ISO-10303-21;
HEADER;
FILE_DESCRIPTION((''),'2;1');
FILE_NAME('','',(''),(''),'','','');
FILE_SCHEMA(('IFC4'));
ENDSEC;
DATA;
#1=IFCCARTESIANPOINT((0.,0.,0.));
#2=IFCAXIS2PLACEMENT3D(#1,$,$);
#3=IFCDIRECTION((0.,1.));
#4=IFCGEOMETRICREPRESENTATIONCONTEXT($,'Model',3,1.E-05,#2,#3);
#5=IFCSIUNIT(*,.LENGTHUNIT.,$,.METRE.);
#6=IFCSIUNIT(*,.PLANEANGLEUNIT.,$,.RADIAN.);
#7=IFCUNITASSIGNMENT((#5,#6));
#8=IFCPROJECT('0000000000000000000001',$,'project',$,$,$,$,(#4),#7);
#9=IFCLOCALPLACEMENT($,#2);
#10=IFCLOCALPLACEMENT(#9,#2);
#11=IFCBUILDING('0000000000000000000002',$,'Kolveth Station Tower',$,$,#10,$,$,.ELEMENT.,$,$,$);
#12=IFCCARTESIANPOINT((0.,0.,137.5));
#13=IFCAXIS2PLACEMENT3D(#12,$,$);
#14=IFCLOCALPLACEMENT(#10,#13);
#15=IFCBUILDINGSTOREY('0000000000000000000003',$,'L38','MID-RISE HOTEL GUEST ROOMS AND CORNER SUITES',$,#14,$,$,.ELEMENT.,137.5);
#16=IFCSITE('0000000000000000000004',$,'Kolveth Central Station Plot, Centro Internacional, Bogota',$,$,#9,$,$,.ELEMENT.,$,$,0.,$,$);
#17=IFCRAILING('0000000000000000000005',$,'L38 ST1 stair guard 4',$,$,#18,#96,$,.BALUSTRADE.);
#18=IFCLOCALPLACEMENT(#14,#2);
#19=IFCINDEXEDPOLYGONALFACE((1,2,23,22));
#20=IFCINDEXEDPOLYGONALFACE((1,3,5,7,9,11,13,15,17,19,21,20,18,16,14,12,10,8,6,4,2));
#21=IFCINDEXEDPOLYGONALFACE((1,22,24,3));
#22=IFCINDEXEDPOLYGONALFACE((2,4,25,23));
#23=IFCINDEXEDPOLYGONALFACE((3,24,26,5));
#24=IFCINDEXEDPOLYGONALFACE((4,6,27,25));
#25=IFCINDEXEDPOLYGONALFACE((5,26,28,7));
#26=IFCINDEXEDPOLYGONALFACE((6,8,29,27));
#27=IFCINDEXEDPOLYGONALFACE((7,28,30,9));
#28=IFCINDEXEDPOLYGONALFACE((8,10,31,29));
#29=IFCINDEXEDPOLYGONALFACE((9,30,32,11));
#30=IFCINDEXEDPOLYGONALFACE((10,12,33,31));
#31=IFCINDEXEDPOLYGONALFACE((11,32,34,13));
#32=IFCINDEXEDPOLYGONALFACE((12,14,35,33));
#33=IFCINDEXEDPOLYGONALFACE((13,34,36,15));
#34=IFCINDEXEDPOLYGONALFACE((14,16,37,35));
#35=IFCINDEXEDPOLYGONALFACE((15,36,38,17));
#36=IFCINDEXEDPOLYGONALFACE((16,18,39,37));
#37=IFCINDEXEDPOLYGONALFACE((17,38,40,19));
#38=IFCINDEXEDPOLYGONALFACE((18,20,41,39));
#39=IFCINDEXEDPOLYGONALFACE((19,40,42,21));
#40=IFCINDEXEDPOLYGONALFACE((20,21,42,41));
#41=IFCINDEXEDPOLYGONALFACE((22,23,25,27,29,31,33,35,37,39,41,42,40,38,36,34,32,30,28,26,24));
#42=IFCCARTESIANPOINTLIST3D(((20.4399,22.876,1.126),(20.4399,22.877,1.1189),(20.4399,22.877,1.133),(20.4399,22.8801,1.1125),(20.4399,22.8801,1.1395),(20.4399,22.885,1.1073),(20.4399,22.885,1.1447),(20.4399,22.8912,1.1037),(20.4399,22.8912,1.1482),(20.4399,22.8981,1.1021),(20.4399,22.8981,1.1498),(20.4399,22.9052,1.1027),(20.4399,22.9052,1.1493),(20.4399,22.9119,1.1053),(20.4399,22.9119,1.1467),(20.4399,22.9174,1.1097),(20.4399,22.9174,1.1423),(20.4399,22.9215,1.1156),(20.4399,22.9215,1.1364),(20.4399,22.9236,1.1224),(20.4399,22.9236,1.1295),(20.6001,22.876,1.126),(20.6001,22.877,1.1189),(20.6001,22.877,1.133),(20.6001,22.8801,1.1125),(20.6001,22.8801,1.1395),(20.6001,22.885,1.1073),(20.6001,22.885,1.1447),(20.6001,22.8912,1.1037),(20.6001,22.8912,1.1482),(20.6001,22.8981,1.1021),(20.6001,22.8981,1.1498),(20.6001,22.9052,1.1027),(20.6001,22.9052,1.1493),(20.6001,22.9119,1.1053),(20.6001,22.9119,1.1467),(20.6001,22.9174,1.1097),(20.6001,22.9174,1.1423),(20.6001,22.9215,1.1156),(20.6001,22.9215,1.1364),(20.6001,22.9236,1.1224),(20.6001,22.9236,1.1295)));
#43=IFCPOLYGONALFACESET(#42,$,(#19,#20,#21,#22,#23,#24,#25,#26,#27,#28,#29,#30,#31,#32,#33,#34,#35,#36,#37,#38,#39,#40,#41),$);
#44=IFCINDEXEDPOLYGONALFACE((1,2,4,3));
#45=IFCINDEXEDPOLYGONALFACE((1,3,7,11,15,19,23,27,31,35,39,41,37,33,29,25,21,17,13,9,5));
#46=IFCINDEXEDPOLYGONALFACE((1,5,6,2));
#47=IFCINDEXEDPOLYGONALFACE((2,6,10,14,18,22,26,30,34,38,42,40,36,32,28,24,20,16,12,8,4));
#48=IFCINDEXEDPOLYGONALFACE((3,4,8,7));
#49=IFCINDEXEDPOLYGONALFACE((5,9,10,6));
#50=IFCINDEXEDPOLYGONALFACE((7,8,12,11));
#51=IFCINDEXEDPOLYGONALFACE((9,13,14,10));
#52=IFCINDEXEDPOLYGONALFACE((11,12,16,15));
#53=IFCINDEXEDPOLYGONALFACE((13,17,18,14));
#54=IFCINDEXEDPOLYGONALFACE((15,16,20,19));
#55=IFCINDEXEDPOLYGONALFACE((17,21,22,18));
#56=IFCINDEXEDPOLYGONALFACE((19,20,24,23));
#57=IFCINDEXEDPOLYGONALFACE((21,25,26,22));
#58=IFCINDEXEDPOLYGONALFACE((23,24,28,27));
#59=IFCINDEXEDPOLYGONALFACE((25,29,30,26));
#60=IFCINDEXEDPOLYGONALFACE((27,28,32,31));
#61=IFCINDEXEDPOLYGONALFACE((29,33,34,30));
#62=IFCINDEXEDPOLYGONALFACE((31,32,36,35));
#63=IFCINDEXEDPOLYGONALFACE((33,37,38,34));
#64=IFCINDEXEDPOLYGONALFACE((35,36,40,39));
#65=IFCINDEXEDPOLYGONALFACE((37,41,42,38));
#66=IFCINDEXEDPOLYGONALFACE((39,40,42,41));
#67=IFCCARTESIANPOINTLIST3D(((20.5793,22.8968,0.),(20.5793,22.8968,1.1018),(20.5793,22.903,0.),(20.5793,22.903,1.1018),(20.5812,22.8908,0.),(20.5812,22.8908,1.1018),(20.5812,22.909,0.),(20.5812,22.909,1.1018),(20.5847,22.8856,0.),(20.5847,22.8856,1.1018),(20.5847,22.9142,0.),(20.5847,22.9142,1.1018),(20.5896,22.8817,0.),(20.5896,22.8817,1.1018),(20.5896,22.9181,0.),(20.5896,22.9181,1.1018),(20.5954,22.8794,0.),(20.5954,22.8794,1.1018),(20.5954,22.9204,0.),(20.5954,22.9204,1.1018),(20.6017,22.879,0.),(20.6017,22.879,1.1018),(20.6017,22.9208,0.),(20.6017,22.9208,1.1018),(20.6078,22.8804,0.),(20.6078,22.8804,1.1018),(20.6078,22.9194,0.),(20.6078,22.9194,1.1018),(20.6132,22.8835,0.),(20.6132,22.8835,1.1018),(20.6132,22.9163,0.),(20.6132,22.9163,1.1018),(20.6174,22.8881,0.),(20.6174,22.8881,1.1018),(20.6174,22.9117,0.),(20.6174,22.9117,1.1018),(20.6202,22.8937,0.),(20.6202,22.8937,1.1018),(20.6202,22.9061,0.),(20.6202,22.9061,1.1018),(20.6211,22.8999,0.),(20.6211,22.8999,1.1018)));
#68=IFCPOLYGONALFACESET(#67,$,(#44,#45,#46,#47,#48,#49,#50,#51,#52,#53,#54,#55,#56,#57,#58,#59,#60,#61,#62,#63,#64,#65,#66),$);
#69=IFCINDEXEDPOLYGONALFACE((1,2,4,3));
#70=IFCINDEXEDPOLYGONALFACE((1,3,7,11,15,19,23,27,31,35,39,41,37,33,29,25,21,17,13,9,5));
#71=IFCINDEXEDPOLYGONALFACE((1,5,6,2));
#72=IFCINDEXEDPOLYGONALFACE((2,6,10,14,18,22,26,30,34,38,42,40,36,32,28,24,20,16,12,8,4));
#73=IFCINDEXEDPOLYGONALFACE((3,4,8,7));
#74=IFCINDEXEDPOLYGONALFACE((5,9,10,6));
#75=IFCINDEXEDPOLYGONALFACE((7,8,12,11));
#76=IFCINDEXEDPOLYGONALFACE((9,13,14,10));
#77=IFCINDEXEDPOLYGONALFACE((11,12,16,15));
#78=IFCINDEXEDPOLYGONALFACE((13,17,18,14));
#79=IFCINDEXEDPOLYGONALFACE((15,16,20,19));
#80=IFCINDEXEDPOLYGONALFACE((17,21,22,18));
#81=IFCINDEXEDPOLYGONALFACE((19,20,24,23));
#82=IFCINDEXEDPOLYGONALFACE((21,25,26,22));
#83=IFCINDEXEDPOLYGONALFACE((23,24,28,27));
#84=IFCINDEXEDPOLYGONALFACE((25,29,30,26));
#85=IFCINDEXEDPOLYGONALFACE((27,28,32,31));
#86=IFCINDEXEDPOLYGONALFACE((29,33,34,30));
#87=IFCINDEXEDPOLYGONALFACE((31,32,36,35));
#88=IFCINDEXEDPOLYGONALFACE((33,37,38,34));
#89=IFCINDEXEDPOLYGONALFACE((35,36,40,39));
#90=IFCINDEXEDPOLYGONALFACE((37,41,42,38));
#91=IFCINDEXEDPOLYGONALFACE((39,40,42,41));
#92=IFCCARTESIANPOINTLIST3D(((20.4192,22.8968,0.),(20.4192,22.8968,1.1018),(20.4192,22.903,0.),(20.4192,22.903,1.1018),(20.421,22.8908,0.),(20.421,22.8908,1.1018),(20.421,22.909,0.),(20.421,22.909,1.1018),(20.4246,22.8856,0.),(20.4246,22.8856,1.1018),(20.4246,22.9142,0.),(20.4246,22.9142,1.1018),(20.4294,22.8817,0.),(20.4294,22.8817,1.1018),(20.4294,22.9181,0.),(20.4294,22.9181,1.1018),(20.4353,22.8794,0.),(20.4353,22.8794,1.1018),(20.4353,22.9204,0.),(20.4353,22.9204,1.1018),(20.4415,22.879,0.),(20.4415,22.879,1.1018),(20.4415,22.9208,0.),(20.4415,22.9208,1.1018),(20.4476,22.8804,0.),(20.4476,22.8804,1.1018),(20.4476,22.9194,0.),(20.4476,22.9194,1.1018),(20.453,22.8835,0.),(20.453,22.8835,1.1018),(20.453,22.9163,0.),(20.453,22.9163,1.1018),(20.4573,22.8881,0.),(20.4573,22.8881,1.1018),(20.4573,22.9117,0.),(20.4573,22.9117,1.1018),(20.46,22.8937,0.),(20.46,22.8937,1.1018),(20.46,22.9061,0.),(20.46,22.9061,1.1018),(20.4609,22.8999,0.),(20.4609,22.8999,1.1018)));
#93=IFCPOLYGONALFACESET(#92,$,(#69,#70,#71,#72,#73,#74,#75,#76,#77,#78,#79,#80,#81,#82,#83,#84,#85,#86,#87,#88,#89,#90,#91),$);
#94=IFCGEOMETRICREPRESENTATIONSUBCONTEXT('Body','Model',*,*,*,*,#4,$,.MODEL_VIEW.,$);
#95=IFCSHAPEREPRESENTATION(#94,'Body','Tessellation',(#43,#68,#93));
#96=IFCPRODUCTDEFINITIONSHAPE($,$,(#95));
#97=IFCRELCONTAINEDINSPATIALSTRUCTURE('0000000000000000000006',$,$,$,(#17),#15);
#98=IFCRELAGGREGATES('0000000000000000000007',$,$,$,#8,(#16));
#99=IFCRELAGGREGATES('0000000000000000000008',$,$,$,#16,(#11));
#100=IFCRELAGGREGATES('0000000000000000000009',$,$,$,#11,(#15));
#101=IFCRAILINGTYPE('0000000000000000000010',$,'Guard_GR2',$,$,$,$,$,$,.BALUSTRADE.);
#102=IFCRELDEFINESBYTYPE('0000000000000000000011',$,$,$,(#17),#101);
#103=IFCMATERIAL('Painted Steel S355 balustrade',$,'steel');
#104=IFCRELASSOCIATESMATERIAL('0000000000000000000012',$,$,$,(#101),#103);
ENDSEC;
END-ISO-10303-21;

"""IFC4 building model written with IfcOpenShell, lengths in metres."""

from ifc_helpers import new_model, si_unit, direction, frame, origin, origin_2d, place, context, subcontext, project, spatial, circle, extrude, material, type_object, element, save


model = new_model("IFC4")

# Units and contexts
model_context = context("Model", 3, precision=1e-05, world=origin(), true_north=direction((0.0, 1.0)))
body_context = subcontext(model_context, "Body", "Model", "MODEL_VIEW")
ifc_project = project(units=[si_unit("LENGTHUNIT", "METRE"), si_unit("PLANEANGLEUNIT", "RADIAN")], contexts=[model_context])

# Site, building, storey
site_placement = place(None, origin())
site = spatial("IfcSite", under=ifc_project, at=site_placement, Name="Kolveth Central Station Plot, Centro Internacional, Bogota", CompositionType="ELEMENT", RefElevation=0.0)
building_placement = place(site_placement, origin())
building = spatial("IfcBuilding", under=site, at=building_placement, Name="Kolveth Station Tower", CompositionType="ELEMENT")
storey_placement = place(building_placement, frame((0.0, 0.0, 137.5)))
storey = spatial("IfcBuildingStorey", under=building, at=storey_placement, Name="L38", Description="MID-RISE HOTEL GUEST ROOMS AND CORNER SUITES", CompositionType="ELEMENT", Elevation=137.5)

# Railing
ifc_material_1 = material(Name="Painted Steel S355 balustrade", Category="steel")
railing_type_1 = type_object("IfcRailingType", Name="Guard_GR2", PredefinedType="BALUSTRADE", material=ifc_material_1)
railing_1_placement = place(storey_placement, frame((20.6001, 22.8999, 0.0)))
element("IfcRailing", 1, at=railing_1_placement, inside=storey, type_object=railing_type_1, Name="L38 ST1 stair guard 4", PredefinedType="BALUSTRADE", context=body_context, shape_type="SweptSolid", body=[
    extrude(circle(Radius=0.0239, at=origin_2d()), frame((0.0, 0.0, 1.126), z_axis=(-1.0, 0.0, 0.0), x_axis=(0.0, -1.0, 0.0)), (0.0, 0.0, 1.0), 0.1602),
    extrude(circle(Radius=0.021, at=origin_2d()), origin(), (0.0, 0.0, 1.0), 1.1018),
    extrude(circle(Radius=0.021, at=origin_2d()), frame((-0.1602, 0.0, 0.0)), (0.0, 0.0, 1.0), 1.1018),
])

save(model, "model.ifc")
